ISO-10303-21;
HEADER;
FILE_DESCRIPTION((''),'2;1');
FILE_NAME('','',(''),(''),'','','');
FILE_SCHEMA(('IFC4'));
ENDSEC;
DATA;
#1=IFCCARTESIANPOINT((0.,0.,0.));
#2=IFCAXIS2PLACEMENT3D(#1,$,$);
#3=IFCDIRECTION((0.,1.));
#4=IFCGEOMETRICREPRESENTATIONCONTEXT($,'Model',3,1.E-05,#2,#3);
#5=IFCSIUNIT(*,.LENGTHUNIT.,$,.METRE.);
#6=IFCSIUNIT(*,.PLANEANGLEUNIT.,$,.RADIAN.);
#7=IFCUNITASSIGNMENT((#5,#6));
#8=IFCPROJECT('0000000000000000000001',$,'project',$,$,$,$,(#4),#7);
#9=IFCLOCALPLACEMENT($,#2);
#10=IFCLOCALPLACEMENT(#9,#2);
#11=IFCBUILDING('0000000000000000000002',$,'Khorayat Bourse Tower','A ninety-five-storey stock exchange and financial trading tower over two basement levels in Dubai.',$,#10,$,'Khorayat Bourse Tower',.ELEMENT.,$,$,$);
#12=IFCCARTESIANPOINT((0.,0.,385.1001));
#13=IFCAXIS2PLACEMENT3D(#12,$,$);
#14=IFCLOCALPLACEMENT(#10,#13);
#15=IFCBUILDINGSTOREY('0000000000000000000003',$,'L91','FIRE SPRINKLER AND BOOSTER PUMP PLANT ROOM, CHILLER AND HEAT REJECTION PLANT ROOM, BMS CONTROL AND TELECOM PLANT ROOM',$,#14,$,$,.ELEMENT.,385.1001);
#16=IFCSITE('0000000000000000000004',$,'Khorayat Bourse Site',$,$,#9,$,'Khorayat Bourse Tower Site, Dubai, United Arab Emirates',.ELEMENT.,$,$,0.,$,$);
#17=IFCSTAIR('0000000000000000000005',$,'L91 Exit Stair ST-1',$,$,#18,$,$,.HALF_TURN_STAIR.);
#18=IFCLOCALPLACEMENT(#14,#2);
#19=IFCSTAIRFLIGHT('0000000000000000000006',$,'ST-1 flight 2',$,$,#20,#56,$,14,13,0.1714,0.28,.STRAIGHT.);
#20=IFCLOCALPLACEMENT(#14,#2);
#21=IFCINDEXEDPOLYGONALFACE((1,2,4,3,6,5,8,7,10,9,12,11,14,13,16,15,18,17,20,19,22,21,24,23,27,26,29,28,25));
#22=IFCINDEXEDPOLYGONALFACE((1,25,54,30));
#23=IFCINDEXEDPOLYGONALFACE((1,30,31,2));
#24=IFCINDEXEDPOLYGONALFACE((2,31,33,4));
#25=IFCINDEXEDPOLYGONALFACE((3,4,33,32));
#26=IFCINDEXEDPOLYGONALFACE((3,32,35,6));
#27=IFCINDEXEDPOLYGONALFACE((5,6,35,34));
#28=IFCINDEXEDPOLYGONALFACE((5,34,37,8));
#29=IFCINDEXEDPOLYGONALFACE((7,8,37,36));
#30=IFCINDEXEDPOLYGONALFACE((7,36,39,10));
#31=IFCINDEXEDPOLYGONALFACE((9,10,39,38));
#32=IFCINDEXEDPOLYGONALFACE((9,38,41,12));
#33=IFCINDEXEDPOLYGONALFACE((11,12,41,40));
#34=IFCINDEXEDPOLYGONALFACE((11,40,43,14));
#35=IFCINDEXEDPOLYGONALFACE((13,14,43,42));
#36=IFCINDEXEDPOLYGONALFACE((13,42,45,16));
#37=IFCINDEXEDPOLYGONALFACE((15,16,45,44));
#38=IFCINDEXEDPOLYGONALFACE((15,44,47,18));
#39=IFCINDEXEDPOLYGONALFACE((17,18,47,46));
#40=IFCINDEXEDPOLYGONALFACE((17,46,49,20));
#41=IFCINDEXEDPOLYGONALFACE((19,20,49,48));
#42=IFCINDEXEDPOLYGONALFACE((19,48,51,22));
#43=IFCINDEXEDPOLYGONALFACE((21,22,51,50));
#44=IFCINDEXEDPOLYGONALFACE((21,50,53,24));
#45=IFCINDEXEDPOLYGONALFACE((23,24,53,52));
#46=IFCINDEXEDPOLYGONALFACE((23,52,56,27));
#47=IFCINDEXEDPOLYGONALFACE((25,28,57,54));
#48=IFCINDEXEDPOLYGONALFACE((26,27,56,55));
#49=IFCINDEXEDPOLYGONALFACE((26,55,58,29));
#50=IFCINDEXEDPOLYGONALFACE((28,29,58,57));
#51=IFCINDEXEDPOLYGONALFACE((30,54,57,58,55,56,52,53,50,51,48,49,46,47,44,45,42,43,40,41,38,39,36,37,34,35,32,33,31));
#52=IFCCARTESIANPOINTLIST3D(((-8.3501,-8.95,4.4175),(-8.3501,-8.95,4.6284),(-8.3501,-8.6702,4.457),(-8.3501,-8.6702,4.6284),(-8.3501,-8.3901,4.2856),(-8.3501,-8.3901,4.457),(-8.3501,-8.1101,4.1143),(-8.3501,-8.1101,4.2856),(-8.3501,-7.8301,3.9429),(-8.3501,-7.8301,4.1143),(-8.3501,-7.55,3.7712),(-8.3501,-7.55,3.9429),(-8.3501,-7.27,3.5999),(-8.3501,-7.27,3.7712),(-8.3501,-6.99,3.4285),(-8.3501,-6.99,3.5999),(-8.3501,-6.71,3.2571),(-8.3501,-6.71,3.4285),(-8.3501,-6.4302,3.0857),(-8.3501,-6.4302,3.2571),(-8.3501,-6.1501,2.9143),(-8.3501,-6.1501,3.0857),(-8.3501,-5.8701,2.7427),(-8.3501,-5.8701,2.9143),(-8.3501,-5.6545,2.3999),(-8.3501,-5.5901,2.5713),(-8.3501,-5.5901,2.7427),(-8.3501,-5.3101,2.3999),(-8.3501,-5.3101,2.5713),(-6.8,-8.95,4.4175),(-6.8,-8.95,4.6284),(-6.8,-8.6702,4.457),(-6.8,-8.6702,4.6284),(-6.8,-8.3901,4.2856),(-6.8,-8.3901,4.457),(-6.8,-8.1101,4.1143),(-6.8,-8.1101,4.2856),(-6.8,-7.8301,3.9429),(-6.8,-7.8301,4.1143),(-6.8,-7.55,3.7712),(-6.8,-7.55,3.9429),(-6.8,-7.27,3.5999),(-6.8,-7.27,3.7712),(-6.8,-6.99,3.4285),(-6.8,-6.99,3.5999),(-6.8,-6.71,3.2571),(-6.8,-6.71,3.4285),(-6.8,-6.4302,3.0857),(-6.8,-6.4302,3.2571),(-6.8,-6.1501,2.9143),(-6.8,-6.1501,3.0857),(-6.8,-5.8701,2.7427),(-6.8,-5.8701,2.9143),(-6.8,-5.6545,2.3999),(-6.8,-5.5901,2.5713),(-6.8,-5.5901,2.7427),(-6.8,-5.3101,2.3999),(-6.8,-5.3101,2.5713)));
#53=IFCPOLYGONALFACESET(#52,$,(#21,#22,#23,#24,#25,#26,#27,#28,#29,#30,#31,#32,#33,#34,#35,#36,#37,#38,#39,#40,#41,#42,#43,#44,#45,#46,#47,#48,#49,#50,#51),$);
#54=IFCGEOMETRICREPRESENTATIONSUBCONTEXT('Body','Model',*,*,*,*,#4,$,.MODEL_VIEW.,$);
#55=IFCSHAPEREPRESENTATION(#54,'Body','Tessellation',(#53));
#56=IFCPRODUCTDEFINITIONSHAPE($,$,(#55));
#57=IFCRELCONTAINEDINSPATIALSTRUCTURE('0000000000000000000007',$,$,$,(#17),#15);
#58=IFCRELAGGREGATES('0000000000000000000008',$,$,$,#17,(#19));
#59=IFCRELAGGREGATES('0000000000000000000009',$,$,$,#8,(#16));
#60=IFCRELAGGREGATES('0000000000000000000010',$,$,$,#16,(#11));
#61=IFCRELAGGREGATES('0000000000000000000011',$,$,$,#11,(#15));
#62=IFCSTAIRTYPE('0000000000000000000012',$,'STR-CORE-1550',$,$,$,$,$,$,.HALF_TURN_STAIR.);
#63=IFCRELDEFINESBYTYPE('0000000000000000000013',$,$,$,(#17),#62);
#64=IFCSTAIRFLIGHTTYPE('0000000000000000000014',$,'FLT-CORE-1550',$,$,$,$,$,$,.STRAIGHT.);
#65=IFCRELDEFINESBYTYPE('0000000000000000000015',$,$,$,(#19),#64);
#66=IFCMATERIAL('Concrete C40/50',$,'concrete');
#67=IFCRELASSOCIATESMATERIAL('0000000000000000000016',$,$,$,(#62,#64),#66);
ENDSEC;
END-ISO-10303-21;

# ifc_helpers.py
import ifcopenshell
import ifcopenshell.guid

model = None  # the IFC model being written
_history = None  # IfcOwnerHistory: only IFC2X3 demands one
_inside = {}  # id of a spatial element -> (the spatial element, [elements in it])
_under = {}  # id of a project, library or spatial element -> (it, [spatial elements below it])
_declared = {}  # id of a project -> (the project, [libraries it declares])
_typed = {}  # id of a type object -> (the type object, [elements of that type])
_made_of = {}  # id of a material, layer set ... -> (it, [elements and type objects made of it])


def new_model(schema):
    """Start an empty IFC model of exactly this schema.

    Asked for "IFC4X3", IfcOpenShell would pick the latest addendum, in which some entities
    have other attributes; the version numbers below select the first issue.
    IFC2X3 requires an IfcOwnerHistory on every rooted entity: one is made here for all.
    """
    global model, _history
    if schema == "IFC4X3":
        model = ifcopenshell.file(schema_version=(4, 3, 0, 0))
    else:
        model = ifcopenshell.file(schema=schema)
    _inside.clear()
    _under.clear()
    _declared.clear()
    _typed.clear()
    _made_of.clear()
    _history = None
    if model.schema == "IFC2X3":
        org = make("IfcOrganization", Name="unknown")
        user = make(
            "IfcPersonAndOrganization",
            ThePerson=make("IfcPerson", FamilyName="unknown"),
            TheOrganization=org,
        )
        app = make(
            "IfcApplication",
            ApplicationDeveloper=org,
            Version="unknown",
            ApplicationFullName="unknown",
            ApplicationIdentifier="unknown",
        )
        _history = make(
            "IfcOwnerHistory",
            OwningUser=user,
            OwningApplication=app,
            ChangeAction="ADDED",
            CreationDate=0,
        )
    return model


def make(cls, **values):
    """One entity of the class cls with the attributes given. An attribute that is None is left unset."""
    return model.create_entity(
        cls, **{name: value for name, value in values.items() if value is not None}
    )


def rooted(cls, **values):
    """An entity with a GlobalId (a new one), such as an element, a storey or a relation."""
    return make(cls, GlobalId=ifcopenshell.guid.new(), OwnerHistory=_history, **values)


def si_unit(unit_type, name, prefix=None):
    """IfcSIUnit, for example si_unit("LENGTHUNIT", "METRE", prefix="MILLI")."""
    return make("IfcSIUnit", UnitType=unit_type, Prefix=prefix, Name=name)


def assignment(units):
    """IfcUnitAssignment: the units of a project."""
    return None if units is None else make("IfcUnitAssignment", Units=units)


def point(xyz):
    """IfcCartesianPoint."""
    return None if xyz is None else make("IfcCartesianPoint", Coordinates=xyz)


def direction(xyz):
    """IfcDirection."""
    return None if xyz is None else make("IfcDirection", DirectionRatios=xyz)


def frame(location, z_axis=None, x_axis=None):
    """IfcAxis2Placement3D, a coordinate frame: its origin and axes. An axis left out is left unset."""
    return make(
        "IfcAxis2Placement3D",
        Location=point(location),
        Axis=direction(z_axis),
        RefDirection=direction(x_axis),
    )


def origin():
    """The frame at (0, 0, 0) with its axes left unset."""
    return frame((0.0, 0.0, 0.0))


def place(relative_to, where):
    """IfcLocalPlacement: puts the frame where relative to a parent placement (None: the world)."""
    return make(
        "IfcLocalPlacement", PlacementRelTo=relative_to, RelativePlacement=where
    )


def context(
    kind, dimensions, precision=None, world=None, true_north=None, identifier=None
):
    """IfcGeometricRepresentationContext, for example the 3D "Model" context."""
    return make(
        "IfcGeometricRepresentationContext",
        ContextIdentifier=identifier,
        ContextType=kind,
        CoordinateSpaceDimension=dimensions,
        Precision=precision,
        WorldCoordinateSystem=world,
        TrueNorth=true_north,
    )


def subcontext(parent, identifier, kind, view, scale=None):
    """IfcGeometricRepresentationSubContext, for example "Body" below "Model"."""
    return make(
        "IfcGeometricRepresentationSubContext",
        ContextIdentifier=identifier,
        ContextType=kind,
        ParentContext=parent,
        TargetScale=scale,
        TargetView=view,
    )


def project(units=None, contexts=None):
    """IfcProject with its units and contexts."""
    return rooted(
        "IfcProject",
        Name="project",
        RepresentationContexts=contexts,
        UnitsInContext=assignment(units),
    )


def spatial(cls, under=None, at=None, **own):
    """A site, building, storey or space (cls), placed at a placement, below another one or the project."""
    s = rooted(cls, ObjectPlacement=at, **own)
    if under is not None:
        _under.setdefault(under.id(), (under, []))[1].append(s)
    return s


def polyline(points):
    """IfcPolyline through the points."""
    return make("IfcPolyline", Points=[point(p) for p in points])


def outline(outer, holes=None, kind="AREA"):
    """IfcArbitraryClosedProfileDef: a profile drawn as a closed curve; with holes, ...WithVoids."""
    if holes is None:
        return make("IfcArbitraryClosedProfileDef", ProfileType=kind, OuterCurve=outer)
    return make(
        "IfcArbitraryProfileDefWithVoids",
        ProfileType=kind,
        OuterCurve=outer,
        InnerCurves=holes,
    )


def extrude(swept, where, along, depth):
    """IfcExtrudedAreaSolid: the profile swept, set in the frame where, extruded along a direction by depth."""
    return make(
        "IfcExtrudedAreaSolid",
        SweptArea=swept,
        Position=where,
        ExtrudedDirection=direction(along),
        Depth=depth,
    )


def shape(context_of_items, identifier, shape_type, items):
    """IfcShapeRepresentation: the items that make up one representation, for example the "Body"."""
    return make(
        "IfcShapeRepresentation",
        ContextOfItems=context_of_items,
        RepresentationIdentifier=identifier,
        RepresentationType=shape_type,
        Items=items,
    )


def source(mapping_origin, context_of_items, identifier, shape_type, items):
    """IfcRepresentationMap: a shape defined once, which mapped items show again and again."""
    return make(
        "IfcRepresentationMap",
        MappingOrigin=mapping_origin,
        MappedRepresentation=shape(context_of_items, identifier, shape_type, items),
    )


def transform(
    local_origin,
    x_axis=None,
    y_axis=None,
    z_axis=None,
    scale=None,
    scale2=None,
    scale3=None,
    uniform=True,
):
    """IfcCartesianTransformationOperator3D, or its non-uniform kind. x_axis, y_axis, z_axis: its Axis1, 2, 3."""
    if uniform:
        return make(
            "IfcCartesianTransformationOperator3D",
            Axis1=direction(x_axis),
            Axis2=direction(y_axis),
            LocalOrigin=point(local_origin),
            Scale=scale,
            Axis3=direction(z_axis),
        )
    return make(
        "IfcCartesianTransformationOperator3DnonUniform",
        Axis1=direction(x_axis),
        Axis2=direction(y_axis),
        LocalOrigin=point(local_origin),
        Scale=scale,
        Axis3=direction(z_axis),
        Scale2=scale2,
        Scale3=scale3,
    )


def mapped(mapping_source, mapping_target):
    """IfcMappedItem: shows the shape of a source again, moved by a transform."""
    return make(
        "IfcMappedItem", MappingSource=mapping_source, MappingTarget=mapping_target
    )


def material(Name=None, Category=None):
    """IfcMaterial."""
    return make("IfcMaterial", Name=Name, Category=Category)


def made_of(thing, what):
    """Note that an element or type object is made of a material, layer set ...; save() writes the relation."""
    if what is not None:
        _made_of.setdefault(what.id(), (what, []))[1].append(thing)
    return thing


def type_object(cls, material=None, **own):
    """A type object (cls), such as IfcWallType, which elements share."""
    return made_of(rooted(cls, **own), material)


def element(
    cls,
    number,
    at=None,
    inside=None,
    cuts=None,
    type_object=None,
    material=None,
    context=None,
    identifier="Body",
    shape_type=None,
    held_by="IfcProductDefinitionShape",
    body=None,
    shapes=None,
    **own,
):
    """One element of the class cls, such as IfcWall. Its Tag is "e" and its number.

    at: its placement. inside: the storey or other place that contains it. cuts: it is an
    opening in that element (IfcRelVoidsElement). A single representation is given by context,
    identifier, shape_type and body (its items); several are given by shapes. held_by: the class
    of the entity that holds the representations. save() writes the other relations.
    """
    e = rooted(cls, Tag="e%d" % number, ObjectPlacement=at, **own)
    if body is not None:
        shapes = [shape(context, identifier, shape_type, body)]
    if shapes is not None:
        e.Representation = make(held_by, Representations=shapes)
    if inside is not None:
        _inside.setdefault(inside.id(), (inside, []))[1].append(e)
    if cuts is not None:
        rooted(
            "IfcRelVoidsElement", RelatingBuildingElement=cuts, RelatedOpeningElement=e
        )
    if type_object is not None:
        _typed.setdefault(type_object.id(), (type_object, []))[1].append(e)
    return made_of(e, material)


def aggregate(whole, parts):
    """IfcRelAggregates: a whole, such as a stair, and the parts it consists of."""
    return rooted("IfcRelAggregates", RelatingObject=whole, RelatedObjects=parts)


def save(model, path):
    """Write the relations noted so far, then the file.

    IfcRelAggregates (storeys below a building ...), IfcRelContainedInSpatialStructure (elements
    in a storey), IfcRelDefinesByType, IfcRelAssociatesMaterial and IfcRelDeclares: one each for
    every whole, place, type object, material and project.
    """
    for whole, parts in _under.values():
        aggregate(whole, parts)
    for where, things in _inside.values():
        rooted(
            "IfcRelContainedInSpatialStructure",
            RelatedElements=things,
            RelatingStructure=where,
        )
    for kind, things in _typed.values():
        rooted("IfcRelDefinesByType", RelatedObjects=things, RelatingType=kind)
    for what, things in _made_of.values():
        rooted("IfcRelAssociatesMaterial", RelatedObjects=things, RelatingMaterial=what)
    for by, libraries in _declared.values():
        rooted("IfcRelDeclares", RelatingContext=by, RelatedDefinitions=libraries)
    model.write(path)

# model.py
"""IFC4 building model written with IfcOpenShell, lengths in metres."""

from ifc_helpers import new_model, si_unit, direction, frame, origin, place, context, subcontext, project, spatial, polyline, outline, extrude, source, transform, mapped, material, type_object, element, aggregate, save


model = new_model("IFC4")

# Units and contexts
model_context = context("Model", 3, precision=1e-05, world=origin(), true_north=direction((0.0, 1.0)))
body_context = subcontext(model_context, "Body", "Model", "MODEL_VIEW")
ifc_project = project(units=[si_unit("LENGTHUNIT", "METRE"), si_unit("PLANEANGLEUNIT", "RADIAN")], contexts=[model_context])

# Site, building, storey
site_placement = place(None, origin())
site = spatial("IfcSite", under=ifc_project, at=site_placement, Name="Khorayat Bourse Site", LongName="Khorayat Bourse Tower Site, Dubai, United Arab Emirates", CompositionType="ELEMENT", RefElevation=0.0)
building_placement = place(site_placement, origin())
building = spatial("IfcBuilding", under=site, at=building_placement, Name="Khorayat Bourse Tower", Description="A ninety-five-storey stock exchange and financial trading tower over two basement levels in Dubai.", LongName="Khorayat Bourse Tower", CompositionType="ELEMENT")
storey_placement = place(building_placement, frame((0.0, 0.0, 385.1001)))
storey = spatial("IfcBuildingStorey", under=building, at=storey_placement, Name="L91", Description="FIRE SPRINKLER AND BOOSTER PUMP PLANT ROOM, CHILLER AND HEAT REJECTION PLANT ROOM, BMS CONTROL AND TELECOM PLANT ROOM", CompositionType="ELEMENT", Elevation=385.1001)

# Stair, stair flight
ifc_material_1 = material(Name="Concrete C40/50", Category="concrete")
stair_type = type_object("IfcStairType", Name="STR-CORE-1550", PredefinedType="HALF_TURN_STAIR", material=ifc_material_1)
stair_placement = place(storey_placement, origin())
stair = element("IfcStair", 1, at=stair_placement, inside=storey, type_object=stair_type, Name="L91 Exit Stair ST-1", PredefinedType="HALF_TURN_STAIR")
stair_flight_type = type_object("IfcStairFlightType", Name="FLT-CORE-1550", PredefinedType="STRAIGHT", material=ifc_material_1)
shared_shape_1 = source(origin(), body_context, "Body", "SweptSolid", [
    extrude(outline(polyline([(0.0, 0.0), (0.0, 0.1714), (0.28, 0.1714), (0.28, 0.3428), (0.5601, 0.3428), (0.5601, 0.5144), (0.8401, 0.5144), (0.8401, 0.6858), (1.1201, 0.6858), (1.1201, 0.8572), (1.3999, 0.8572), (1.3999, 1.0286), (1.6799, 1.0286), (1.6799, 1.2), (1.96, 1.2), (1.96, 1.3713), (2.24, 1.3713), (2.24, 1.543), (2.52, 1.543), (2.52, 1.7144), (2.8, 1.7144), (2.8, 1.8857), (3.0801, 1.8857), (3.0801, 2.0571), (3.3601, 2.0571), (3.3601, 2.2285), (3.6399, 2.2285), (3.6399, 2.3999), (3.6399, 2.0176), (0.3445, 0.0), (0.0, 0.0)])), frame((0.0, 0.7749, 0.0), z_axis=(0.0, -1.0, 0.0), x_axis=(1.0, 0.0, 0.0)), (0.0, 0.0, 1.0), 1.55),
])
stair_flight_1_placement = place(storey_placement, frame((-7.575, -5.3101, 2.3999), z_axis=(0.0, 0.0, 1.0), x_axis=(0.0, -1.0, 0.0)))
stair_flight_1 = element("IfcStairFlight", 2, at=stair_flight_1_placement, type_object=stair_flight_type, Name="ST-1 flight 2", NumberOfRisers=14, NumberOfTreads=13, PredefinedType="STRAIGHT", RiserHeight=0.1714, TreadLength=0.28, context=body_context, shape_type="MappedRepresentation", body=[
    mapped(shared_shape_1, transform((0.0, 0.0, 0.0), scale=1.0)),
])
aggregate(stair, [stair_flight_1])

save(model, "model.ifc")
